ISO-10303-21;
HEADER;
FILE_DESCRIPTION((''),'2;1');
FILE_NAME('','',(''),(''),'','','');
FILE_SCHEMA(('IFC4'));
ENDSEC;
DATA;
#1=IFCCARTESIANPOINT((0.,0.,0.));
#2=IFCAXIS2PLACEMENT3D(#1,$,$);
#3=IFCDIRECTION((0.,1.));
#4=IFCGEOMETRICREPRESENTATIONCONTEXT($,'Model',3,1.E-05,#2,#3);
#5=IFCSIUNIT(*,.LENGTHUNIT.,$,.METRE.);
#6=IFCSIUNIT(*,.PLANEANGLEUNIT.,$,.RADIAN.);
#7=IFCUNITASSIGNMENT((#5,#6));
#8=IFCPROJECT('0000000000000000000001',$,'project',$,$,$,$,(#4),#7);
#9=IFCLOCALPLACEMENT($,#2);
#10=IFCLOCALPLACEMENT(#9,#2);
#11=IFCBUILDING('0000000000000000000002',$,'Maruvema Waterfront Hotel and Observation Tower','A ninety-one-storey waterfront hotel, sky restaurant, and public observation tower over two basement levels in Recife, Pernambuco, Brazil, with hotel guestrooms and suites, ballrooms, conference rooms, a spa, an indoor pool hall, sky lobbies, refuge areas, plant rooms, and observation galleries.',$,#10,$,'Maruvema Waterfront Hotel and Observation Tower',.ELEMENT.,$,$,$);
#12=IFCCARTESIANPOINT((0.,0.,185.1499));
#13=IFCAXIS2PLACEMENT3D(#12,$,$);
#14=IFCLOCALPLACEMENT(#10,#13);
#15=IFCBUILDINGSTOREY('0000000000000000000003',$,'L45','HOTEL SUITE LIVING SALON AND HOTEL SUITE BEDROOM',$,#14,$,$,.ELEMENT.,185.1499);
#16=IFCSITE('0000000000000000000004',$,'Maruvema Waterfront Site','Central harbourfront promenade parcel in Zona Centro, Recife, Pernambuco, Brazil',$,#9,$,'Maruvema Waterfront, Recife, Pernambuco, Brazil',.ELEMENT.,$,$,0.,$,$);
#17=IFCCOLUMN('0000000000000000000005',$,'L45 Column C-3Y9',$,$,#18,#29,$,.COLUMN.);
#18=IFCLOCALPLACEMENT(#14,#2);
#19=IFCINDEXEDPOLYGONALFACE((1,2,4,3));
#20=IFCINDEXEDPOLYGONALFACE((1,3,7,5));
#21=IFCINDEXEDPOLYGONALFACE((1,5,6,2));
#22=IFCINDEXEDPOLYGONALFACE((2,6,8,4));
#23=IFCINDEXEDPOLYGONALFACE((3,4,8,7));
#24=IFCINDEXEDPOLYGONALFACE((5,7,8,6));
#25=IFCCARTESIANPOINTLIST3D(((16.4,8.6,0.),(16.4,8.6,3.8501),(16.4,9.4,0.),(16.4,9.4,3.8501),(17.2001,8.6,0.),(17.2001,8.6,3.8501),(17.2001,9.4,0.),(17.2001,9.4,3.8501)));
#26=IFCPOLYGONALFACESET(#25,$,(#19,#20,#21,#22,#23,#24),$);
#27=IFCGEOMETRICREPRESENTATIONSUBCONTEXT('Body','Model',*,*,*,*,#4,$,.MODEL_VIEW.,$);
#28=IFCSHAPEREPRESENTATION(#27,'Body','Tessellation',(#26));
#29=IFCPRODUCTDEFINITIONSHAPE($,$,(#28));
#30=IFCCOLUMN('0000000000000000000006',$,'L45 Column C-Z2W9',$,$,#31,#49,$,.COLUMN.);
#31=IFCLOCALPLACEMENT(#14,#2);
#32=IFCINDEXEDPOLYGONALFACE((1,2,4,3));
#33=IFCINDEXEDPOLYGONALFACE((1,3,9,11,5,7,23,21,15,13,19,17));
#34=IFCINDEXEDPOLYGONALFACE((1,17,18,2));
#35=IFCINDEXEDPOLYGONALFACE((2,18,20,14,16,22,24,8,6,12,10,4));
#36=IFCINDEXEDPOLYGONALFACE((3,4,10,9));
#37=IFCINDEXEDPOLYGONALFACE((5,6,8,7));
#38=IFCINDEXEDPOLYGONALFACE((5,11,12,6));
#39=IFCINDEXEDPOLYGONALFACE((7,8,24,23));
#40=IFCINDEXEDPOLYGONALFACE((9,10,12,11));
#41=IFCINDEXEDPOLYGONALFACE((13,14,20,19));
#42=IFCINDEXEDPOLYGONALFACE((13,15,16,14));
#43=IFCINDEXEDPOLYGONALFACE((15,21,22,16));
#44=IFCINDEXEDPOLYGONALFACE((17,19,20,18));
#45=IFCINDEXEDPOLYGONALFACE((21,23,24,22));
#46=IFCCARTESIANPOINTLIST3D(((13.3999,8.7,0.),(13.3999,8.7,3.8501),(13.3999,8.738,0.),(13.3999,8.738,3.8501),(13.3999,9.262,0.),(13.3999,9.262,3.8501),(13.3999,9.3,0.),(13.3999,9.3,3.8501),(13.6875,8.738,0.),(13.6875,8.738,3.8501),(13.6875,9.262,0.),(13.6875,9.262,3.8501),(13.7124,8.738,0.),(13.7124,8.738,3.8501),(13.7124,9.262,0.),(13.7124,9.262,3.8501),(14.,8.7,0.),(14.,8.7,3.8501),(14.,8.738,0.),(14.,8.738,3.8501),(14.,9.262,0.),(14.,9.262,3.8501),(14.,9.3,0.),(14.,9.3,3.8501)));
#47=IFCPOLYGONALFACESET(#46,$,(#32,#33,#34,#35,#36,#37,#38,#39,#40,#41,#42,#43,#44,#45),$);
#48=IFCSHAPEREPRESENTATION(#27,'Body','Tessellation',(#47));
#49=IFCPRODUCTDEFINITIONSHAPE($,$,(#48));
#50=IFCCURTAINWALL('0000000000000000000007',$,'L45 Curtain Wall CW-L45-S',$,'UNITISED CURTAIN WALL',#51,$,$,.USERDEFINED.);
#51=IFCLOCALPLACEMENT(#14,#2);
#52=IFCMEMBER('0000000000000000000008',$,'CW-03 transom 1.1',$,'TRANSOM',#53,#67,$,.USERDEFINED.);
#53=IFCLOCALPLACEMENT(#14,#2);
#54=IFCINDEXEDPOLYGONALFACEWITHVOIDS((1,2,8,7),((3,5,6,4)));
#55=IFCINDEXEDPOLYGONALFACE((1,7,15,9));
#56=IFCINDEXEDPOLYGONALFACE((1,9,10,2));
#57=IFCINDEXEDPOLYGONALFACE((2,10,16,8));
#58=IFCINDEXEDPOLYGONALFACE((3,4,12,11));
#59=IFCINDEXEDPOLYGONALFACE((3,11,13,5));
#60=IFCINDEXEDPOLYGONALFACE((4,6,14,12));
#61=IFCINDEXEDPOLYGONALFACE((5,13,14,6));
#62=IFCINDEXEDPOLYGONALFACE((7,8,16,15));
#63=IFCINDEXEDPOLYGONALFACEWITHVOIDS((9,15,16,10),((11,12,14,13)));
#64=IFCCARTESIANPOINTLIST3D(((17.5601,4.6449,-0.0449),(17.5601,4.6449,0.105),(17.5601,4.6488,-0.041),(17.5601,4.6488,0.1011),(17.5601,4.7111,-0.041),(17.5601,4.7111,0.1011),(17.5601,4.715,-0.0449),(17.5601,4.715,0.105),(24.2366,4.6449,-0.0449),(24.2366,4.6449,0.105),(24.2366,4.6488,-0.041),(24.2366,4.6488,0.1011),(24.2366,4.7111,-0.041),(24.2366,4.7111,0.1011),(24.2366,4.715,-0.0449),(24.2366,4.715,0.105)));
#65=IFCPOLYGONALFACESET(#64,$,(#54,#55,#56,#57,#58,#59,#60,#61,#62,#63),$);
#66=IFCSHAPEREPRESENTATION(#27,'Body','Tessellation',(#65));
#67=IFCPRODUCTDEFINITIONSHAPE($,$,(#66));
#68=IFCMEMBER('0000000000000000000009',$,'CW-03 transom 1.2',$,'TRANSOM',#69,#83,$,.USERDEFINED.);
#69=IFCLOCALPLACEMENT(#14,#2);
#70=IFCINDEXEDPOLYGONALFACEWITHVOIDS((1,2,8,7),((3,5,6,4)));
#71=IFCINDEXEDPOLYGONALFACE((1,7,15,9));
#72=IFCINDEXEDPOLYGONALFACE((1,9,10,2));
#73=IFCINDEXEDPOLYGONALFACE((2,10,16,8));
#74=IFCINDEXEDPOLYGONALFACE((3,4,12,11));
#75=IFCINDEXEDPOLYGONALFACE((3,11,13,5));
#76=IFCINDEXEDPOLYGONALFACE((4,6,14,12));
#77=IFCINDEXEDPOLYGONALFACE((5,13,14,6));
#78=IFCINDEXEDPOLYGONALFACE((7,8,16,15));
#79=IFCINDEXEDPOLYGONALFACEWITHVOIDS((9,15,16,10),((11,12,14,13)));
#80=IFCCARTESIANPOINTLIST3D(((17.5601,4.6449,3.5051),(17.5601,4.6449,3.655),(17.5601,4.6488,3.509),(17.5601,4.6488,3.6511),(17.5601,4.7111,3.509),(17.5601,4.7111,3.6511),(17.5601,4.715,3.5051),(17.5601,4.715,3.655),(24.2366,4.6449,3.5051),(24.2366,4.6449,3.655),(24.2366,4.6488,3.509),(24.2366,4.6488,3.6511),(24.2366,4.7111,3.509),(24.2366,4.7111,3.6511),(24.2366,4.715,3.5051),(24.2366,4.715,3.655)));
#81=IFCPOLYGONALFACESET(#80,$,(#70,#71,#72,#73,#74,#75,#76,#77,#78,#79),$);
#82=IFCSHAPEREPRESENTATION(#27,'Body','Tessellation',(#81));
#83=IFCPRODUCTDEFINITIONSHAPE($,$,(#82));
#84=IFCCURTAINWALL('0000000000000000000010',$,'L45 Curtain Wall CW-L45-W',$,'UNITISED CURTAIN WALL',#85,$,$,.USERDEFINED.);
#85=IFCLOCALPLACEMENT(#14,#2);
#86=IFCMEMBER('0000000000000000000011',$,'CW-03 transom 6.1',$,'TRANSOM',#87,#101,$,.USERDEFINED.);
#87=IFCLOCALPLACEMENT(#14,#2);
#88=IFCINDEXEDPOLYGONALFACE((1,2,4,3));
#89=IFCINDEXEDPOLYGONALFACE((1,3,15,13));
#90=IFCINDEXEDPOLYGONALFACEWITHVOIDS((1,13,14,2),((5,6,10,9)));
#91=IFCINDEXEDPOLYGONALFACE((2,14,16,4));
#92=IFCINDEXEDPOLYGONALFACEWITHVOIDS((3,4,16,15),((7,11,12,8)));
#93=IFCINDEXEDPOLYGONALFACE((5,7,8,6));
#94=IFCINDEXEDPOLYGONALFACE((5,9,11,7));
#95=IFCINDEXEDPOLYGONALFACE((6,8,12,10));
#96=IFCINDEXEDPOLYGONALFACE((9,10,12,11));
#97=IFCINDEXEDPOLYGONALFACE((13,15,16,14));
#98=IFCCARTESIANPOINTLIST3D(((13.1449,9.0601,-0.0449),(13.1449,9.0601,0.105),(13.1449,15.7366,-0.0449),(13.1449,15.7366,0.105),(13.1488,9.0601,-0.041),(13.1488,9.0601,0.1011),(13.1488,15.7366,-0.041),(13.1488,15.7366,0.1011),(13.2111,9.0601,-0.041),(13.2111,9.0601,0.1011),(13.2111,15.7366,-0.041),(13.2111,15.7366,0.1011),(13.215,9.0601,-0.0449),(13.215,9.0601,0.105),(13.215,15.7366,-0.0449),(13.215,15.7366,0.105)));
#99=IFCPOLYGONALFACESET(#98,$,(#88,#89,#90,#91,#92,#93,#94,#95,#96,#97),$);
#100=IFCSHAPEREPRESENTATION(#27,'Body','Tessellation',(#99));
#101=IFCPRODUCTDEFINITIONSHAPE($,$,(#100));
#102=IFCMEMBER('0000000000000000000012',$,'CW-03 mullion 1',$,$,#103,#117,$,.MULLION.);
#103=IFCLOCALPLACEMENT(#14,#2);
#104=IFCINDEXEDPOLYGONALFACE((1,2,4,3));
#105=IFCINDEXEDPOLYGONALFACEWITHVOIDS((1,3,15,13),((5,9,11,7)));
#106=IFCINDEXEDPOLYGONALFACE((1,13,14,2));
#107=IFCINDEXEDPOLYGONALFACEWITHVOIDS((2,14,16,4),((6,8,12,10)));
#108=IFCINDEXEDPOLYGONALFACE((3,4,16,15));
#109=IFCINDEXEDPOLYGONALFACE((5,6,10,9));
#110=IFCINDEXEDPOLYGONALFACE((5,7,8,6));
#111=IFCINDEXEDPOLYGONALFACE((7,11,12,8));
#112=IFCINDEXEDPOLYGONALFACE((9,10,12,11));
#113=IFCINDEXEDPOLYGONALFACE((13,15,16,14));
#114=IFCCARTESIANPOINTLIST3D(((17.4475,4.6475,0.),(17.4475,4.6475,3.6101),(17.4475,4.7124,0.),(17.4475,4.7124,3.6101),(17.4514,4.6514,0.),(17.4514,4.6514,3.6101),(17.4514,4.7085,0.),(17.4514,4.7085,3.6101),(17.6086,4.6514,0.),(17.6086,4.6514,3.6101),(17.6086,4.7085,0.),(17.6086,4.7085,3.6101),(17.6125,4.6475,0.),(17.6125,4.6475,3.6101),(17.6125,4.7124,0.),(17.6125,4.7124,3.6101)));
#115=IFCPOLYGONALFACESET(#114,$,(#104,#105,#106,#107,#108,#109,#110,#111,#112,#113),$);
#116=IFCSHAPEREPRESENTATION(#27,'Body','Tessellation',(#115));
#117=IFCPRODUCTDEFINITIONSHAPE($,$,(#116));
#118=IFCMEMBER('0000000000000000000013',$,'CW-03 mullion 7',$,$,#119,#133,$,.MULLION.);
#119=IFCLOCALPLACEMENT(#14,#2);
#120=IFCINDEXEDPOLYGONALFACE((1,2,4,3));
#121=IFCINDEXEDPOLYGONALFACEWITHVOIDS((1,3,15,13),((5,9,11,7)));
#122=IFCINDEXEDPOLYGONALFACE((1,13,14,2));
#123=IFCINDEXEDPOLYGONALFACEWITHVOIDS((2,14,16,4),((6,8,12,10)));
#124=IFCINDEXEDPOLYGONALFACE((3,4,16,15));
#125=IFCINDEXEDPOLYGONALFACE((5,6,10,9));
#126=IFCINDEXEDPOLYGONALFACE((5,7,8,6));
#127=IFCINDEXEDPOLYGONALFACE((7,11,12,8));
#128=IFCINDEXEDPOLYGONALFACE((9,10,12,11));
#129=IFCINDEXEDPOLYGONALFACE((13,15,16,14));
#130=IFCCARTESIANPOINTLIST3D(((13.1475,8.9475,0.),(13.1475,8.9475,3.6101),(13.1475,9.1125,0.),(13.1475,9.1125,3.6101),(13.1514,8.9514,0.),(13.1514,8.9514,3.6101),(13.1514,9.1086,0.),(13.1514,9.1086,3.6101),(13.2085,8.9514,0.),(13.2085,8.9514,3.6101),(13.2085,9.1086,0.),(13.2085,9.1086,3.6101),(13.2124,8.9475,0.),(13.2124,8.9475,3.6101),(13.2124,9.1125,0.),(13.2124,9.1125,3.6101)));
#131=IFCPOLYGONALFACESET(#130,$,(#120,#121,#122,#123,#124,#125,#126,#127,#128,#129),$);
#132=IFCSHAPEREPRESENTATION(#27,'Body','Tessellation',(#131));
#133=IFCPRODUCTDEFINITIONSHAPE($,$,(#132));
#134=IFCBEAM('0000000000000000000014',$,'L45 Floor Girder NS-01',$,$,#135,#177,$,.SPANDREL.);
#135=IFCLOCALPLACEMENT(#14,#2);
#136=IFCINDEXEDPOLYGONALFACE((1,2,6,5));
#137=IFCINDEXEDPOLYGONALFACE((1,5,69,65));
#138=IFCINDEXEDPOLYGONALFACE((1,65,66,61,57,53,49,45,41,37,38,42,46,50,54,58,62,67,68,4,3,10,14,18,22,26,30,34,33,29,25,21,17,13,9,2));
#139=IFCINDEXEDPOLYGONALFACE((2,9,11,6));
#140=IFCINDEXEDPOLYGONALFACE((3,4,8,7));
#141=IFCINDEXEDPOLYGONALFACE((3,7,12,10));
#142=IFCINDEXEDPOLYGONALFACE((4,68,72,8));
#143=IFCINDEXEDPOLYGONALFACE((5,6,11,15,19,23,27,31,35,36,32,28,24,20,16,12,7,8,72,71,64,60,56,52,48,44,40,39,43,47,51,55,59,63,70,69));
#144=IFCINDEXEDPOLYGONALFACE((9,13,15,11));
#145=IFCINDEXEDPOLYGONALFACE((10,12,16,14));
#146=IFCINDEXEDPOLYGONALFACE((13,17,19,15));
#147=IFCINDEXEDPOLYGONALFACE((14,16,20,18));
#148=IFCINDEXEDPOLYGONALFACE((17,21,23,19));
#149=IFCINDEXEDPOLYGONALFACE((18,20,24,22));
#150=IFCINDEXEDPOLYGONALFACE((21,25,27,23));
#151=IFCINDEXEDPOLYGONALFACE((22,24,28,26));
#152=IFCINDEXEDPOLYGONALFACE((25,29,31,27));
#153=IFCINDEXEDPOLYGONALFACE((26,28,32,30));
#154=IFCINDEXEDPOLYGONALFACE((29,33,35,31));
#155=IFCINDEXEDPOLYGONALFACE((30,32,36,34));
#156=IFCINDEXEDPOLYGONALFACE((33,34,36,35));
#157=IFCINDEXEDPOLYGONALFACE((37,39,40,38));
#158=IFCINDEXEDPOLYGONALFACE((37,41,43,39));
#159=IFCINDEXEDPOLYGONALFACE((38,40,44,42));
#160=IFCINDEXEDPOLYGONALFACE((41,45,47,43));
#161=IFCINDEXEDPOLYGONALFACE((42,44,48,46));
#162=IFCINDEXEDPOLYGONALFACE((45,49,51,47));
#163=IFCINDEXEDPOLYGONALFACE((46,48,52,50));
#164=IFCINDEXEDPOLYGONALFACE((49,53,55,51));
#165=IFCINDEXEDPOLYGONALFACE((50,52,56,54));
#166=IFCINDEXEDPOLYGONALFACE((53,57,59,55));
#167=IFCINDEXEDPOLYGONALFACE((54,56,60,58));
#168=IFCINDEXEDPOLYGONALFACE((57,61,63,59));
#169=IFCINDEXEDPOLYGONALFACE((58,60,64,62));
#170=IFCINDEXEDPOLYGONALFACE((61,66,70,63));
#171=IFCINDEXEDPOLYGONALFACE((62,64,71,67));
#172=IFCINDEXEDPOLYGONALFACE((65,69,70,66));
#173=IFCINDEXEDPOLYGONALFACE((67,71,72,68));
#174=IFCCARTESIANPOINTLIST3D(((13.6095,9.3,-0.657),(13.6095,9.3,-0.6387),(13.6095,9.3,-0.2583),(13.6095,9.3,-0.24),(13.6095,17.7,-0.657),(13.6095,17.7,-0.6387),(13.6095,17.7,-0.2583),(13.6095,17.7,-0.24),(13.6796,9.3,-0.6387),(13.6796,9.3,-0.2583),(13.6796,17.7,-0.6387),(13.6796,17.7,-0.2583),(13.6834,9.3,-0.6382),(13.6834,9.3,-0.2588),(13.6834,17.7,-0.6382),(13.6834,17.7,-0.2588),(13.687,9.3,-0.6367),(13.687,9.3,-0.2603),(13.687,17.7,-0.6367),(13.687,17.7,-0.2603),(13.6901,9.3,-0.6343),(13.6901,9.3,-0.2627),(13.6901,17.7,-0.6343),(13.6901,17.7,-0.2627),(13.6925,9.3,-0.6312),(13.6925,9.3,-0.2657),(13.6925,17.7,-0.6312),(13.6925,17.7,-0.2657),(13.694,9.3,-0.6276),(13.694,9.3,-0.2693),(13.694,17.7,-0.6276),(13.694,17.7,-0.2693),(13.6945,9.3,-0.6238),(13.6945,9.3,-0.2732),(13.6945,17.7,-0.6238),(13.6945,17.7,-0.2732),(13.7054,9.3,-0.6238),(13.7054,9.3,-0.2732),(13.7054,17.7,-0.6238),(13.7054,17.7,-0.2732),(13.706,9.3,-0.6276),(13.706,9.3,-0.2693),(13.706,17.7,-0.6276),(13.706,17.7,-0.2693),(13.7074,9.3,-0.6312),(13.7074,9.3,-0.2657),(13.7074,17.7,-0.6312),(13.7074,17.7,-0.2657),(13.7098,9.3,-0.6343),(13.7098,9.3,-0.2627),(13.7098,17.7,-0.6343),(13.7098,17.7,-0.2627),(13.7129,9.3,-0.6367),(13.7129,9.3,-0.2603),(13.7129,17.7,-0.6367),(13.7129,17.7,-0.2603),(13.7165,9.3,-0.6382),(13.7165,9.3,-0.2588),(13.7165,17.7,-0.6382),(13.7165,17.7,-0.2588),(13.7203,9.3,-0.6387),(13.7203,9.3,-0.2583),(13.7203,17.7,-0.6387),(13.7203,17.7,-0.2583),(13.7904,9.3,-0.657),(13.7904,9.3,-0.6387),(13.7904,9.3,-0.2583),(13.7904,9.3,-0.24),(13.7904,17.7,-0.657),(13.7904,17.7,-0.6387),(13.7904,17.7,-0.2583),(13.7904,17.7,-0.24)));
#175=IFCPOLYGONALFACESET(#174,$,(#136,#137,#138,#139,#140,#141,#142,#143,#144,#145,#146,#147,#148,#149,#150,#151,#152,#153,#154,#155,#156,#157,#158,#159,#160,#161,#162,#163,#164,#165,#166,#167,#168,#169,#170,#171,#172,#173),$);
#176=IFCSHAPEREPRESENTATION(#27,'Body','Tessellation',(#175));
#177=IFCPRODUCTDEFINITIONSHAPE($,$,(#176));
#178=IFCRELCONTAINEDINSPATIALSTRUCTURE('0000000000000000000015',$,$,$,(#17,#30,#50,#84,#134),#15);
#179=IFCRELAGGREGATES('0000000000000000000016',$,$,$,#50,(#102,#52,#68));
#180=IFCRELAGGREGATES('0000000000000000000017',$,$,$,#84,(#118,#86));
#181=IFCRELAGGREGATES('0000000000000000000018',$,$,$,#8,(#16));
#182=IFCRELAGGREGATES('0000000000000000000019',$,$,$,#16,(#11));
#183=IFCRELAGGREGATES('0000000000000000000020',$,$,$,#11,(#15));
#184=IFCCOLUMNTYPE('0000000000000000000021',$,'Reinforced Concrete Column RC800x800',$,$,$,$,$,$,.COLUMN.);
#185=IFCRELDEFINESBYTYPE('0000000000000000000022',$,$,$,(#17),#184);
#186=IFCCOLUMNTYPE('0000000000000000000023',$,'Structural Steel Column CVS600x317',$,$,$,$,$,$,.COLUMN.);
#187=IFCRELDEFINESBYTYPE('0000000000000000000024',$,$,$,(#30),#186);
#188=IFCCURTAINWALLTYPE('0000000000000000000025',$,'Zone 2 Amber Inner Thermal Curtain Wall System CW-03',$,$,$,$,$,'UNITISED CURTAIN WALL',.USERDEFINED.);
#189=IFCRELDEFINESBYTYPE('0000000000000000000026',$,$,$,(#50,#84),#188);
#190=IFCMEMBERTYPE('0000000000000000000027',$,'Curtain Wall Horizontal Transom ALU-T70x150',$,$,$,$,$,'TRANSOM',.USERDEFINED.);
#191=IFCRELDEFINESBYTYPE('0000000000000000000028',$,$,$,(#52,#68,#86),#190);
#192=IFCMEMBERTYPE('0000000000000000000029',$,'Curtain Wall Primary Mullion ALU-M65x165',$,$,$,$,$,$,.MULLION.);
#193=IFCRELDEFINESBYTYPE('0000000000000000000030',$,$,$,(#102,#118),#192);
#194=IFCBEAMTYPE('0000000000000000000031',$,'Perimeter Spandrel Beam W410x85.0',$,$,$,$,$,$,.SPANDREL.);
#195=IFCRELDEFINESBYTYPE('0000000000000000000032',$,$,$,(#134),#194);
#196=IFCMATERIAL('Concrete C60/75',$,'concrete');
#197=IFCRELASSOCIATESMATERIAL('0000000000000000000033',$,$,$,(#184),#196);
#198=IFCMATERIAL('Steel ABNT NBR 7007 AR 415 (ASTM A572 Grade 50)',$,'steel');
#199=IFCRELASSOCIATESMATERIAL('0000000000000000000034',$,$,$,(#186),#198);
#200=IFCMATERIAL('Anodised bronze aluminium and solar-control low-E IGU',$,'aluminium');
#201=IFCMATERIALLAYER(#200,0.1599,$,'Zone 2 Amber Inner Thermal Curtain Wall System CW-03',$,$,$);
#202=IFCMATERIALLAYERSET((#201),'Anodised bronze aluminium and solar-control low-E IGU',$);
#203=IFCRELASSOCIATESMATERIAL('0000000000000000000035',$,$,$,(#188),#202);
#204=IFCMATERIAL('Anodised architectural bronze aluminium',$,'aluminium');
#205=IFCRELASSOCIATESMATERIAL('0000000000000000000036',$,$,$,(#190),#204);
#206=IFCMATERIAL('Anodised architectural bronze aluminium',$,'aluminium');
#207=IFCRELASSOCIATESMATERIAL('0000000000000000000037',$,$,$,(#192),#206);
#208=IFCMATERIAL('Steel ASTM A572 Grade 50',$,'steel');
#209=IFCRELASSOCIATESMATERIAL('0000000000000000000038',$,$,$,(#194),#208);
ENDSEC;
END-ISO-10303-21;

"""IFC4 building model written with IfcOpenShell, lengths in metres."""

from ifc_helpers import new_model, si_unit, direction, frame, origin, origin_2d, place, context, subcontext, project, spatial, rectangle, hollow_rectangle, i_section, extrude, material, layer, layer_set, material_profile, profile_set, type_object, element, aggregate, save


model = new_model("IFC4")

# Units and contexts
model_context = context("Model", 3, precision=1e-05, world=origin(), true_north=direction((0.0, 1.0)))
body_context = subcontext(model_context, "Body", "Model", "MODEL_VIEW")
ifc_project = project(units=[si_unit("LENGTHUNIT", "METRE"), si_unit("PLANEANGLEUNIT", "RADIAN")], contexts=[model_context])

# Site, building, storey
site_placement = place(None, origin())
site = spatial("IfcSite", under=ifc_project, at=site_placement, Name="Maruvema Waterfront Site", Description="Central harbourfront promenade parcel in Zona Centro, Recife, Pernambuco, Brazil", LongName="Maruvema Waterfront, Recife, Pernambuco, Brazil", CompositionType="ELEMENT", RefElevation=0.0)
building_placement = place(site_placement, origin())
building = spatial("IfcBuilding", under=site, at=building_placement, Name="Maruvema Waterfront Hotel and Observation Tower", Description="A ninety-one-storey waterfront hotel, sky restaurant, and public observation tower over two basement levels in Recife, Pernambuco, Brazil, with hotel guestrooms and suites, ballrooms, conference rooms, a spa, an indoor pool hall, sky lobbies, refuge areas, plant rooms, and observation galleries.", LongName="Maruvema Waterfront Hotel and Observation Tower", CompositionType="ELEMENT")
storey_placement = place(building_placement, frame((0.0, 0.0, 185.1499)))
storey = spatial("IfcBuildingStorey", under=building, at=storey_placement, Name="L45", Description="HOTEL SUITE LIVING SALON AND HOTEL SUITE BEDROOM", CompositionType="ELEMENT", Elevation=185.1499)

# Columns
ifc_material_1 = material(Name="Concrete C60/75", Category="concrete")
ifc_material_profile_1 = material_profile(ifc_material_1, rectangle(XDim=0.8, YDim=0.8, at=origin_2d()), Name="RC800x800")
ifc_profile_set_1 = profile_set([ifc_material_profile_1], Name="Concrete C60/75")
column_type_1 = type_object("IfcColumnType", Name="Reinforced Concrete Column RC800x800", PredefinedType="COLUMN", material=ifc_profile_set_1)
column_1_placement = place(storey_placement, frame((16.8, 9.0, 0.0), z_axis=(0.0, 0.0, 1.0), x_axis=(1.0, 0.0, 0.0)))
element("IfcColumn", 1, at=column_1_placement, inside=storey, type_object=column_type_1, Name="L45 Column C-3Y9", PredefinedType="COLUMN", context=body_context, shape_type="SweptSolid", body=[
    extrude(rectangle(XDim=0.8, YDim=0.8, at=origin_2d()), origin(), (0.0, 0.0, 1.0), 3.8501),
])
ifc_material_2 = material(Name="Steel ABNT NBR 7007 AR 415 (ASTM A572 Grade 50)", Category="steel")
ifc_material_profile_2 = material_profile(ifc_material_2, i_section(OverallWidth=0.6001, OverallDepth=0.6001, WebThickness=0.0249, FlangeThickness=0.0381, at=origin_2d()), Name="CVS600x317")
ifc_profile_set_2 = profile_set([ifc_material_profile_2], Name="Steel ABNT NBR 7007 AR 415 (ASTM A572 Grade 50)")
column_type_2 = type_object("IfcColumnType", Name="Structural Steel Column CVS600x317", PredefinedType="COLUMN", material=ifc_profile_set_2)
column_2_placement = place(storey_placement, frame((13.7, 9.0, 0.0), z_axis=(0.0, 0.0, 1.0), x_axis=(1.0, 0.0, 0.0)))
element("IfcColumn", 2, at=column_2_placement, inside=storey, type_object=column_type_2, Name="L45 Column C-Z2W9", PredefinedType="COLUMN", context=body_context, shape_type="SweptSolid", body=[
    extrude(i_section(OverallWidth=0.6001, OverallDepth=0.6001, WebThickness=0.0249, FlangeThickness=0.0381, at=origin_2d()), origin(), (0.0, 0.0, 1.0), 3.8501),
])

# Curtain wall, members
ifc_material_3 = material(Name="Anodised bronze aluminium and solar-control low-E IGU", Category="aluminium")
ifc_layer_1 = layer(ifc_material_3, 0.1599, Name="Zone 2 Amber Inner Thermal Curtain Wall System CW-03")
ifc_layer_set_1 = layer_set([ifc_layer_1], Name="Anodised bronze aluminium and solar-control low-E IGU")
curtain_wall_type = type_object("IfcCurtainWallType", Name="Zone 2 Amber Inner Thermal Curtain Wall System CW-03", ElementType="UNITISED CURTAIN WALL", PredefinedType="USERDEFINED", material=ifc_layer_set_1)
curtain_wall_1_placement = place(storey_placement, origin())
curtain_wall_1 = element("IfcCurtainWall", 3, at=curtain_wall_1_placement, inside=storey, type_object=curtain_wall_type, Name="L45 Curtain Wall CW-L45-S", ObjectType="UNITISED CURTAIN WALL", PredefinedType="USERDEFINED")
ifc_material_4 = material(Name="Anodised architectural bronze aluminium", Category="aluminium")
ifc_material_profile_3 = material_profile(ifc_material_4, hollow_rectangle(XDim=0.0701, YDim=0.1499, WallThickness=0.0039, at=origin_2d()), Name="ALU-T70x150")
ifc_profile_set_3 = profile_set([ifc_material_profile_3], Name="Anodised architectural bronze aluminium")
member_type_1 = type_object("IfcMemberType", Name="Curtain Wall Horizontal Transom ALU-T70x150", ElementType="TRANSOM", PredefinedType="USERDEFINED", material=ifc_profile_set_3)
member_1_placement = place(storey_placement, frame((17.5601, 4.6799, 0.03), z_axis=(1.0, 0.0, 0.0), x_axis=(0.0, 1.0, 0.0)))
member_1 = element("IfcMember", 4, at=member_1_placement, type_object=member_type_1, Name="CW-03 transom 1.1", ObjectType="TRANSOM", PredefinedType="USERDEFINED", context=body_context, shape_type="SweptSolid", body=[
    extrude(hollow_rectangle(XDim=0.0701, YDim=0.1499, WallThickness=0.0039, at=origin_2d()), origin(), (0.0, 0.0, 1.0), 6.6765),
])
member_2_placement = place(storey_placement, frame((17.5601, 4.6799, 3.5801), z_axis=(1.0, 0.0, 0.0), x_axis=(0.0, 1.0, 0.0)))
member_2 = element("IfcMember", 5, at=member_2_placement, type_object=member_type_1, Name="CW-03 transom 1.2", ObjectType="TRANSOM", PredefinedType="USERDEFINED", context=body_context, shape_type="SweptSolid", body=[
    extrude(hollow_rectangle(XDim=0.0701, YDim=0.1499, WallThickness=0.0039, at=origin_2d()), origin(), (0.0, 0.0, 1.0), 6.6765),
])

# Curtain wall, member
curtain_wall_2_placement = place(storey_placement, origin())
curtain_wall_2 = element("IfcCurtainWall", 6, at=curtain_wall_2_placement, inside=storey, type_object=curtain_wall_type, Name="L45 Curtain Wall CW-L45-W", ObjectType="UNITISED CURTAIN WALL", PredefinedType="USERDEFINED")
member_3_placement = place(storey_placement, frame((13.1799, 15.7366, 0.03), z_axis=(0.0, -1.0, 0.0), x_axis=(1.0, 0.0, 0.0)))
member_3 = element("IfcMember", 7, at=member_3_placement, type_object=member_type_1, Name="CW-03 transom 6.1", ObjectType="TRANSOM", PredefinedType="USERDEFINED", context=body_context, shape_type="SweptSolid", body=[
    extrude(hollow_rectangle(XDim=0.0701, YDim=0.1499, WallThickness=0.0039, at=origin_2d()), origin(), (0.0, 0.0, 1.0), 6.6765),
])

# Members
ifc_material_5 = material(Name="Anodised architectural bronze aluminium", Category="aluminium")
ifc_material_profile_4 = material_profile(ifc_material_5, hollow_rectangle(XDim=0.0649, YDim=0.165, WallThickness=0.0039, at=origin_2d()), Name="ALU-M65x165")
ifc_profile_set_4 = profile_set([ifc_material_profile_4], Name="Anodised architectural bronze aluminium")
member_type_2 = type_object("IfcMemberType", Name="Curtain Wall Primary Mullion ALU-M65x165", PredefinedType="MULLION", material=ifc_profile_set_4)
member_4_placement = place(storey_placement, frame((17.53, 4.6799, 0.0), z_axis=(0.0, 0.0, 1.0), x_axis=(0.0, 1.0, 0.0)))
member_4 = element("IfcMember", 8, at=member_4_placement, type_object=member_type_2, Name="CW-03 mullion 1", PredefinedType="MULLION", context=body_context, shape_type="SweptSolid", body=[
    extrude(hollow_rectangle(XDim=0.0649, YDim=0.165, WallThickness=0.0039, at=origin_2d()), origin(), (0.0, 0.0, 1.0), 3.6101),
])
member_5_placement = place(storey_placement, frame((13.1799, 9.03, 0.0), z_axis=(0.0, 0.0, 1.0), x_axis=(1.0, 0.0, 0.0)))
member_5 = element("IfcMember", 9, at=member_5_placement, type_object=member_type_2, Name="CW-03 mullion 7", PredefinedType="MULLION", context=body_context, shape_type="SweptSolid", body=[
    extrude(hollow_rectangle(XDim=0.0649, YDim=0.165, WallThickness=0.0039, at=origin_2d()), origin(), (0.0, 0.0, 1.0), 3.6101),
])

# Beam
ifc_material_6 = material(Name="Steel ASTM A572 Grade 50", Category="steel")
ifc_material_profile_5 = material_profile(ifc_material_6, i_section(OverallWidth=0.1809, OverallDepth=0.417, WebThickness=0.011, FlangeThickness=0.0183, FilletRadius=0.0149, at=origin_2d()), Name="W410x85.0")
ifc_profile_set_5 = profile_set([ifc_material_profile_5], Name="Steel ASTM A572 Grade 50")
beam_type_1 = type_object("IfcBeamType", Name="Perimeter Spandrel Beam W410x85.0", PredefinedType="SPANDREL", material=ifc_profile_set_5)
beam_1_placement = place(storey_placement, frame((13.7, 9.3, -0.4485), z_axis=(0.0, 1.0, 0.0), x_axis=(-1.0, 0.0, 0.0)))
element("IfcBeam", 10, at=beam_1_placement, inside=storey, type_object=beam_type_1, Name="L45 Floor Girder NS-01", PredefinedType="SPANDREL", context=body_context, shape_type="SweptSolid", body=[
    extrude(i_section(OverallWidth=0.1809, OverallDepth=0.417, WebThickness=0.011, FlangeThickness=0.0183, FilletRadius=0.0149, at=origin_2d()), origin(), (0.0, 0.0, 1.0), 8.3999),
])

aggregate(curtain_wall_1, [member_4, member_1, member_2])
aggregate(curtain_wall_2, [member_5, member_3])

save(model, "model.ifc")
